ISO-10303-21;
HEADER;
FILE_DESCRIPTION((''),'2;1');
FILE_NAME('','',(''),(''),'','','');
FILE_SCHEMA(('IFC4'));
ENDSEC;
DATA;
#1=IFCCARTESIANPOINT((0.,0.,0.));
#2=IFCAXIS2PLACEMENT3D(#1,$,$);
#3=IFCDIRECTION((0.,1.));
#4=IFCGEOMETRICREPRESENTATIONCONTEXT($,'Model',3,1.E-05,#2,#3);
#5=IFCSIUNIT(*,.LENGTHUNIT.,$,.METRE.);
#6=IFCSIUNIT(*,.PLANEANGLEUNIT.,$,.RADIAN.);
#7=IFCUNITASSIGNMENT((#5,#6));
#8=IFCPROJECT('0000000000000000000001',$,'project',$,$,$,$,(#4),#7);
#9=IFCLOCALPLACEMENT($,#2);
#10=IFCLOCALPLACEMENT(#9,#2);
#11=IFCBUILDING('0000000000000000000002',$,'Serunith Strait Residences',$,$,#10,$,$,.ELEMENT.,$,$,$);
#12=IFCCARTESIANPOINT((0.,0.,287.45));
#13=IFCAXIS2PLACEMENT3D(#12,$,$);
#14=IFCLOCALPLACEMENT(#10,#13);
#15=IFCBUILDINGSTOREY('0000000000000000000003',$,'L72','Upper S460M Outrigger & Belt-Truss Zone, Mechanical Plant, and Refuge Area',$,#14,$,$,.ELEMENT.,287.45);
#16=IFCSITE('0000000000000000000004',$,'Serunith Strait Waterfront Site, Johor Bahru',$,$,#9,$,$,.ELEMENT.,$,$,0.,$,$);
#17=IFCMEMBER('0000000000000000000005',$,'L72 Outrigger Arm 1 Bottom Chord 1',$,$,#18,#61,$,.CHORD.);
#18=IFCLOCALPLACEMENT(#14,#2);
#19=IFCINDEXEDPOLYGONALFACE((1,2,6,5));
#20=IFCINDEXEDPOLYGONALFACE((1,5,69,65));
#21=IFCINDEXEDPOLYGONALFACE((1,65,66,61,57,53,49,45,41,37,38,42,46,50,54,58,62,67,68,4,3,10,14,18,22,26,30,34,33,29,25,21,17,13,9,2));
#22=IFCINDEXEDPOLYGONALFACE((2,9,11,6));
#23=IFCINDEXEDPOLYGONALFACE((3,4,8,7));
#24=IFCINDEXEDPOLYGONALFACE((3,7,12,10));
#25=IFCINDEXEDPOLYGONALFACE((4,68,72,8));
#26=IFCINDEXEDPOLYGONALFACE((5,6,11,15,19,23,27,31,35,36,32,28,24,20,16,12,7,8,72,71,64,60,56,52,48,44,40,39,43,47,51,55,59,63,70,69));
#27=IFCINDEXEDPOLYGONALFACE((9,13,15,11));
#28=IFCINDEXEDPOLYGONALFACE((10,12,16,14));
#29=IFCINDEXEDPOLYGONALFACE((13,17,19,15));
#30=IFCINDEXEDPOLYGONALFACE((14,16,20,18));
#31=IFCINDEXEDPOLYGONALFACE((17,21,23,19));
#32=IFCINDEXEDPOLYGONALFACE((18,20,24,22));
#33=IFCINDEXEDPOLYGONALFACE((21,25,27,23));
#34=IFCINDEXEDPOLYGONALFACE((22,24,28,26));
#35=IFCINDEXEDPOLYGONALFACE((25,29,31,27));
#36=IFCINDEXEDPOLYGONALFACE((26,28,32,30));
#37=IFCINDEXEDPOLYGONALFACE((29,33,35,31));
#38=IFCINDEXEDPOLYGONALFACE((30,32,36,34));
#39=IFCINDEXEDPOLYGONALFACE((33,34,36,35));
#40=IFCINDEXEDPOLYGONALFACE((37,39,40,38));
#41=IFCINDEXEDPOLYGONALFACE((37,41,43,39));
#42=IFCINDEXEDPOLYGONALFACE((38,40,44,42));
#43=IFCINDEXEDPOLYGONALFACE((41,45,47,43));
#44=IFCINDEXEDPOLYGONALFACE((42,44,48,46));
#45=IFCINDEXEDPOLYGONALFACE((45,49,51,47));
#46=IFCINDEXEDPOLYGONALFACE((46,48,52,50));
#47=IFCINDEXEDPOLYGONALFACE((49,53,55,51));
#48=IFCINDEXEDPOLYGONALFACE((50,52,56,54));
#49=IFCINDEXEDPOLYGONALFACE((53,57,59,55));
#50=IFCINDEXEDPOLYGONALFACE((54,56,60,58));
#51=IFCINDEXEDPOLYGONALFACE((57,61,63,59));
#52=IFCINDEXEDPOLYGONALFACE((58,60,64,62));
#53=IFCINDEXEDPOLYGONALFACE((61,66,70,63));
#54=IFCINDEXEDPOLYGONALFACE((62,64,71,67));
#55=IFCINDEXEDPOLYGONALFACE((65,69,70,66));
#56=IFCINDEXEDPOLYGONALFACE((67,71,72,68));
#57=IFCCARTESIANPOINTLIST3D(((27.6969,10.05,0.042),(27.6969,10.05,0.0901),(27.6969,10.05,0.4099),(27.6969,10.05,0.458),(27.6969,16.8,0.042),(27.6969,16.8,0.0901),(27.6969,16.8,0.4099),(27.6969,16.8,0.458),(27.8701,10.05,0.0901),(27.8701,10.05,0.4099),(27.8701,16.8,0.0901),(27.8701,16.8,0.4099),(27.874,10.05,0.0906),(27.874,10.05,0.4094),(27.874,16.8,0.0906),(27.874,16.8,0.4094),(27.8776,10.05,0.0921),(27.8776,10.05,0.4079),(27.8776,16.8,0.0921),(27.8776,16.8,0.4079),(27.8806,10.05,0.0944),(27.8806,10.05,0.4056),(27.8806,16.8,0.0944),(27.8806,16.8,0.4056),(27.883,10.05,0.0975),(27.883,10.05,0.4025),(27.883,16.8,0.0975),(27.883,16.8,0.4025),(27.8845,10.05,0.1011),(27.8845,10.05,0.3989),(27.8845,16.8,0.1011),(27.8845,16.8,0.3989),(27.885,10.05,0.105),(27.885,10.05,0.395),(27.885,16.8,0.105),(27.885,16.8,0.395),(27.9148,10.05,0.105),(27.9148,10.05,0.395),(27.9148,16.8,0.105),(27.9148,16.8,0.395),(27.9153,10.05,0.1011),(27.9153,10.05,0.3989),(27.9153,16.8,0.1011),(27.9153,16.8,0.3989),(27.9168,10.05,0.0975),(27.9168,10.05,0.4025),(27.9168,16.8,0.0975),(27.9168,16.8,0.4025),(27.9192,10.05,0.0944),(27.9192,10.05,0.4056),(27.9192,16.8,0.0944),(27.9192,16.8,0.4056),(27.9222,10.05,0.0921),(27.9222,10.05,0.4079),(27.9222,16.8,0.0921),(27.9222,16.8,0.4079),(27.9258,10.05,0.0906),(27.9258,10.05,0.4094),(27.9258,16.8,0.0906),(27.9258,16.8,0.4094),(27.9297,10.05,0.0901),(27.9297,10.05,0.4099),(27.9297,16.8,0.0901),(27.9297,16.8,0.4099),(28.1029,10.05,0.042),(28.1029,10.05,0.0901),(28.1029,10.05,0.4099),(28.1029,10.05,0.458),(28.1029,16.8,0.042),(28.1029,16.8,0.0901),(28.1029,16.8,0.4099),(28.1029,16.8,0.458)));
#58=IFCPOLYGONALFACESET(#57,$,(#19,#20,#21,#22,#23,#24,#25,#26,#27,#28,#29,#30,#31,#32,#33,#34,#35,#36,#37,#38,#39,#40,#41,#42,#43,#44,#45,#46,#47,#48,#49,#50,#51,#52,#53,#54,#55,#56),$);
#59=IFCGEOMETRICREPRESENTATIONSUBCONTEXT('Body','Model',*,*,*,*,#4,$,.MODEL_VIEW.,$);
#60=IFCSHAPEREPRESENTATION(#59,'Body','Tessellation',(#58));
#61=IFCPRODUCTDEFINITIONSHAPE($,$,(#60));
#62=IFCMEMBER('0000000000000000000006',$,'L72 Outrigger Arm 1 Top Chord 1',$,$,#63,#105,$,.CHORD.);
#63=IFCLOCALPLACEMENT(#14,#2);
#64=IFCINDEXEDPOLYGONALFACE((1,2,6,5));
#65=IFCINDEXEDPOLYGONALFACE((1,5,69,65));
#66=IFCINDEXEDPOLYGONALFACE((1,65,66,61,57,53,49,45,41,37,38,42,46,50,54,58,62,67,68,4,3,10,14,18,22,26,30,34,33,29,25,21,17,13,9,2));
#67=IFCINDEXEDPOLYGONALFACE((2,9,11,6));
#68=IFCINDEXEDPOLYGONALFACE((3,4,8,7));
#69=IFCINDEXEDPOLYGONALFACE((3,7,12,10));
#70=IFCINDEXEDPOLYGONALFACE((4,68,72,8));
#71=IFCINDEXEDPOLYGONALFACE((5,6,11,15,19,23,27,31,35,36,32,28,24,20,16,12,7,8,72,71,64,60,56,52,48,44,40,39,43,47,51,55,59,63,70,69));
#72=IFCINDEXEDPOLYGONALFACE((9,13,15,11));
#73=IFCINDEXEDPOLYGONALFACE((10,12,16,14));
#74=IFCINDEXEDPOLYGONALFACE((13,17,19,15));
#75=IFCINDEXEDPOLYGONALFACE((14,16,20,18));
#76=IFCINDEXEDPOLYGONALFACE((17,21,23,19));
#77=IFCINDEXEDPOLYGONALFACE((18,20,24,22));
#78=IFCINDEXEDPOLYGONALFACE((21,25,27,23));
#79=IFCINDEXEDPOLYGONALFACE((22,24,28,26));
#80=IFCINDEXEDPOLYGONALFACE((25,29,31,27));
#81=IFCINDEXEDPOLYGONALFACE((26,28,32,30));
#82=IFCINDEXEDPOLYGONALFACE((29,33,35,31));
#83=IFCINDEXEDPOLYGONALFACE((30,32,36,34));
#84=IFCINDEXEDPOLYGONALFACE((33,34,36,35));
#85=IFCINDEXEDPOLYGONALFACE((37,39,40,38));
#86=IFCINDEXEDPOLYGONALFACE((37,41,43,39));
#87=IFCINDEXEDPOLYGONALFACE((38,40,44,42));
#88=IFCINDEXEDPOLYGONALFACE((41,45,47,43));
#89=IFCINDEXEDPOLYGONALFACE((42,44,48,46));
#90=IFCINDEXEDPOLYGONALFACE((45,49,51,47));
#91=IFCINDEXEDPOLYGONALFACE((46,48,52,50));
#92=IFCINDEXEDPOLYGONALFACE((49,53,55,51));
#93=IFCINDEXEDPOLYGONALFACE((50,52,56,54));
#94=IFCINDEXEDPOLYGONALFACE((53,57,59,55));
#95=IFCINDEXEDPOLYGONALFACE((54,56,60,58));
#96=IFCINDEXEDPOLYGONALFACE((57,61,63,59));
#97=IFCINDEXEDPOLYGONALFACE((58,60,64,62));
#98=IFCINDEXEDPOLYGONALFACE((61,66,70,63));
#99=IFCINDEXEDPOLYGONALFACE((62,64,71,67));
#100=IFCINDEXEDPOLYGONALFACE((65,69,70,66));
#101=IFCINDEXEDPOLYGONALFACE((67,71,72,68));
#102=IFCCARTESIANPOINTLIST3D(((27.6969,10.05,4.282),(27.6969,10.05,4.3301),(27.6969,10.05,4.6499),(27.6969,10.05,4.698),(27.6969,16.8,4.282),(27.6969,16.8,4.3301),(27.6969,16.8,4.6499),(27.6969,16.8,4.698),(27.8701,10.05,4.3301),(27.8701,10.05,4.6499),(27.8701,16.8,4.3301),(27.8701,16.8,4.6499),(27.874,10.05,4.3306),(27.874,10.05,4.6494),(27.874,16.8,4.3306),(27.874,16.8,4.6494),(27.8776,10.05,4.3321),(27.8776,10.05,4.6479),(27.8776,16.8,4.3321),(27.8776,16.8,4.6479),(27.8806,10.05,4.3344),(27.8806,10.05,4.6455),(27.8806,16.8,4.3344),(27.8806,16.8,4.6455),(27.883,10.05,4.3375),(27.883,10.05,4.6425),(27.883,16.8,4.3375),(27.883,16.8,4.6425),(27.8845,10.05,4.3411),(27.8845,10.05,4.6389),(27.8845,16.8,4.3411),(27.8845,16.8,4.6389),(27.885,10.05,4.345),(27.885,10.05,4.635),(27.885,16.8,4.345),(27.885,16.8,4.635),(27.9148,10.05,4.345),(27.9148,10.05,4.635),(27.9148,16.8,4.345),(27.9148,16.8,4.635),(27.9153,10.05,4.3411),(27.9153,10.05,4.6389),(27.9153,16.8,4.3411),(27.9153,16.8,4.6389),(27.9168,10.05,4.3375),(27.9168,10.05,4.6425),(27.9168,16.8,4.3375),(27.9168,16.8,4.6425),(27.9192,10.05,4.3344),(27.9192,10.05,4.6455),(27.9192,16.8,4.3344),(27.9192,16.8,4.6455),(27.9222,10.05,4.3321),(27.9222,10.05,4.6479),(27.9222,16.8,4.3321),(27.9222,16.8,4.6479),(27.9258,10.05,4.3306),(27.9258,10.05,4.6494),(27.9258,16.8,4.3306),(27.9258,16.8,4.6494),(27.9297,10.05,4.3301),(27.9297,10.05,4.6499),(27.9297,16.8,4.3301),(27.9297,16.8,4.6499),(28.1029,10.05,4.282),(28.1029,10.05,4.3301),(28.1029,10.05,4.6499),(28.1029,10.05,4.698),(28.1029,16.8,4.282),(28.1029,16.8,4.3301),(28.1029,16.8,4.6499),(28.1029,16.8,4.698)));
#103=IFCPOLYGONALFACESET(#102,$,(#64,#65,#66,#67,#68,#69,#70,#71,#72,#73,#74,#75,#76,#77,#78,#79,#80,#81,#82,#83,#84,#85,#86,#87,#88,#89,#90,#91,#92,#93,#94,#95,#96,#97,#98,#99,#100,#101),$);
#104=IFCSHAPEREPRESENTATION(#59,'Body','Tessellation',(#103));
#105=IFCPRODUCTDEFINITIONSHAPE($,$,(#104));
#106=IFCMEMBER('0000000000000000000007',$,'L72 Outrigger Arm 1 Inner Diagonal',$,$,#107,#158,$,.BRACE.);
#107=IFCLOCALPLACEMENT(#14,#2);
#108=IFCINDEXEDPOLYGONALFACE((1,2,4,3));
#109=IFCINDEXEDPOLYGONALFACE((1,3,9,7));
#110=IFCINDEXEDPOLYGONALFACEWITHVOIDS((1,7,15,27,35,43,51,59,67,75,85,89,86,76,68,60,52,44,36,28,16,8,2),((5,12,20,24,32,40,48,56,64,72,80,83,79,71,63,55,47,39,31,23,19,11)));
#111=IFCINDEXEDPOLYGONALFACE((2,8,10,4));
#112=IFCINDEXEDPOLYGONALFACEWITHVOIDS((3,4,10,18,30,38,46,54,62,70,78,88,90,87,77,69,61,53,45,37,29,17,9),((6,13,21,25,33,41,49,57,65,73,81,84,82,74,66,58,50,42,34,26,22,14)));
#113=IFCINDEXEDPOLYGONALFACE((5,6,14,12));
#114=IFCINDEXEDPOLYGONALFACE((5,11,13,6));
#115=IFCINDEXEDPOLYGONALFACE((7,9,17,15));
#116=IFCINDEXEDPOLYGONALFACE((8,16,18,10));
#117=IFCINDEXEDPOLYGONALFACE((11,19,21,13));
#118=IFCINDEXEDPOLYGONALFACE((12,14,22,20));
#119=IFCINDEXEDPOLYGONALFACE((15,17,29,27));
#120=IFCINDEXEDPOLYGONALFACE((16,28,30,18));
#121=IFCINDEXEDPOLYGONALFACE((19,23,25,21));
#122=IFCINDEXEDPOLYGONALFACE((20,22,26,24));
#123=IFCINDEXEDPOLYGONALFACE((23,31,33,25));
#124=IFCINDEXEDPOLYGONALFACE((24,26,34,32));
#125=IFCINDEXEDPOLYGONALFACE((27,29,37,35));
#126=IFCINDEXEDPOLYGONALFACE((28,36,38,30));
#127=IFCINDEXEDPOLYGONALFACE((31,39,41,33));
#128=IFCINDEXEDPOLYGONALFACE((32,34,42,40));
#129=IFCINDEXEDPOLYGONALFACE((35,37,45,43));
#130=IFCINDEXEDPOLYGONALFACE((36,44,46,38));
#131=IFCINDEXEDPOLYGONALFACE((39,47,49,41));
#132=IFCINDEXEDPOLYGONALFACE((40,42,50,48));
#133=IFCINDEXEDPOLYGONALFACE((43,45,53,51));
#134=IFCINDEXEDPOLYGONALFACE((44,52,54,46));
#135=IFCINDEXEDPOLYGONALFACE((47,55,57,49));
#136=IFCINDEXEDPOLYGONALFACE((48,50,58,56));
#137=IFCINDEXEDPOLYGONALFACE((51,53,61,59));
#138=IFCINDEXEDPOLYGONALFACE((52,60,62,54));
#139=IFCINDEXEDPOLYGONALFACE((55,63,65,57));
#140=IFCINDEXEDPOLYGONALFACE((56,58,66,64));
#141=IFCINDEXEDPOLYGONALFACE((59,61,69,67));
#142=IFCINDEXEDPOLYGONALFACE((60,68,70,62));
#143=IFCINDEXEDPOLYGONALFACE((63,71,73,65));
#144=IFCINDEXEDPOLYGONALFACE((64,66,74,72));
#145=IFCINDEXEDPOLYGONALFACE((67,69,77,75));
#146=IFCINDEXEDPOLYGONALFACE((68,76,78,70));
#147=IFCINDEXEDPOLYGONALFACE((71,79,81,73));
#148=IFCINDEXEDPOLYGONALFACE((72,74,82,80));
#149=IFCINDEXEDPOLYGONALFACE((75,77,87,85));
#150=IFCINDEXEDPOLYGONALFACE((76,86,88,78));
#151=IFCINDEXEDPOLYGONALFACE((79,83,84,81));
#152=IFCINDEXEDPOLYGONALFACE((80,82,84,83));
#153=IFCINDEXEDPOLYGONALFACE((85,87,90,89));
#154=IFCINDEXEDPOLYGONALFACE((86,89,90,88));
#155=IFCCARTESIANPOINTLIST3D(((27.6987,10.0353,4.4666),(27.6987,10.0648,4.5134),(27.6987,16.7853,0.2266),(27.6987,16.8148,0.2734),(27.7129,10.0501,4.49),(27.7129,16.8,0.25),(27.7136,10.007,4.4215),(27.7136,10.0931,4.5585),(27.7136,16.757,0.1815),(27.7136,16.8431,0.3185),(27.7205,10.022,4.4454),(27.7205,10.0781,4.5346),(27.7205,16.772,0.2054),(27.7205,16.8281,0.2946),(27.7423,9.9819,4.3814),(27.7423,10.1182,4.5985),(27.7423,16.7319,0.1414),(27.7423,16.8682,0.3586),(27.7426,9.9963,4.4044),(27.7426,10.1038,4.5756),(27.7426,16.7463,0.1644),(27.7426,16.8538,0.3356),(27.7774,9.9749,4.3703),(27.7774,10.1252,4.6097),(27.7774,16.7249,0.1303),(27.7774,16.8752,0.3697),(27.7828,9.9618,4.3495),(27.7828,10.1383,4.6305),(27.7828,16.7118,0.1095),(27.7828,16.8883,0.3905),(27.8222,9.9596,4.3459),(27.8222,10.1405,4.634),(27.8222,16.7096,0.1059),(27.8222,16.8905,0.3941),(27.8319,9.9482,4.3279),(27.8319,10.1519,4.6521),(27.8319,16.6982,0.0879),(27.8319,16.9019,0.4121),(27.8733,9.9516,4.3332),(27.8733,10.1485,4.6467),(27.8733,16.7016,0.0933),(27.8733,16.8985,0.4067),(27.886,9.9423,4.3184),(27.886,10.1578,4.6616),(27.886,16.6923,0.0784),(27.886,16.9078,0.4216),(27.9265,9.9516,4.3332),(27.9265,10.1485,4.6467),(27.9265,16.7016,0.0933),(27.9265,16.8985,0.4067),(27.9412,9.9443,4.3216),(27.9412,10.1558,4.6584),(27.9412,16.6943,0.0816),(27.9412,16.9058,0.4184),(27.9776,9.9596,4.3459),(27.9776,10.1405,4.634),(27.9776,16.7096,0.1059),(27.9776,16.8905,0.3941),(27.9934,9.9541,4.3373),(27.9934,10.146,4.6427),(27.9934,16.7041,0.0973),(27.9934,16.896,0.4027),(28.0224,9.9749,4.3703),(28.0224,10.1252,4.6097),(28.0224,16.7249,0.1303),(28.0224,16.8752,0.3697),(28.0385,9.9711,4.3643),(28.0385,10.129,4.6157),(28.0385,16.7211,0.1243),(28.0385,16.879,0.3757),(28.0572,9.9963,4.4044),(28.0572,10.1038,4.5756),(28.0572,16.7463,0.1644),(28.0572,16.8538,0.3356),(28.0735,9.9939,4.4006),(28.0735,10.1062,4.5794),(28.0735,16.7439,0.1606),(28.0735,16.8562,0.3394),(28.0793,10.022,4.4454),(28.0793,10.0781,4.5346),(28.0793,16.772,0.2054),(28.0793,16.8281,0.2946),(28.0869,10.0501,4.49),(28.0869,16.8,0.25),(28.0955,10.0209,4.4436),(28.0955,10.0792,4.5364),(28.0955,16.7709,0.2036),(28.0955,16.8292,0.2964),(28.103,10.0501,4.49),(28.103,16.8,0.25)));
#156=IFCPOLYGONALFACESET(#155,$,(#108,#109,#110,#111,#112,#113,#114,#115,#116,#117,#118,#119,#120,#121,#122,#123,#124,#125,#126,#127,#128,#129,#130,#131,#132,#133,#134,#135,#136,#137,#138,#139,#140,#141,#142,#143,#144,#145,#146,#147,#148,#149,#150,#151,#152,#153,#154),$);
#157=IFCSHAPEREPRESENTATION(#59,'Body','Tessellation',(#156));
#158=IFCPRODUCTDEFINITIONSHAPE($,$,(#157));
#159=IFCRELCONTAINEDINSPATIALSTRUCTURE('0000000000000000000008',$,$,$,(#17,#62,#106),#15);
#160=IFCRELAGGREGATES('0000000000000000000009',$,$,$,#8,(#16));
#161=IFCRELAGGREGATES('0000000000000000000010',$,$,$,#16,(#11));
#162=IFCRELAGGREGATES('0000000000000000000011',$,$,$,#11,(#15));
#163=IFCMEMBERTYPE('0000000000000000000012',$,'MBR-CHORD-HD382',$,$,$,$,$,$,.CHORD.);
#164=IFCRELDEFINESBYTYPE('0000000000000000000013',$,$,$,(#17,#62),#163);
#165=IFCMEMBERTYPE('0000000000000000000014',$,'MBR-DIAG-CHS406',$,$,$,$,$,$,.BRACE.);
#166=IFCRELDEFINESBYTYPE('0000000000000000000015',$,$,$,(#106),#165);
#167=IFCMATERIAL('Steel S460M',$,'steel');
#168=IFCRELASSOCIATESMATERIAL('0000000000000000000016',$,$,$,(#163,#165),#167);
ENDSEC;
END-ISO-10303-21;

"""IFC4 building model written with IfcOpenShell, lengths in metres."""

from ifc_helpers import new_model, si_unit, direction, frame, origin, origin_2d, place, context, subcontext, project, spatial, hollow_circle, i_section, extrude, source, transform, mapped, material, material_profile, profile_set, type_object, element, save


model = new_model("IFC4")

# Units and contexts
model_context = context("Model", 3, precision=1e-05, world=origin(), true_north=direction((0.0, 1.0)))
body_context = subcontext(model_context, "Body", "Model", "MODEL_VIEW")
ifc_project = project(units=[si_unit("LENGTHUNIT", "METRE"), si_unit("PLANEANGLEUNIT", "RADIAN")], contexts=[model_context])

# Site, building, storey
site_placement = place(None, origin())
site = spatial("IfcSite", under=ifc_project, at=site_placement, Name="Serunith Strait Waterfront Site, Johor Bahru", CompositionType="ELEMENT", RefElevation=0.0)
building_placement = place(site_placement, origin())
building = spatial("IfcBuilding", under=site, at=building_placement, Name="Serunith Strait Residences", CompositionType="ELEMENT")
storey_placement = place(building_placement, frame((0.0, 0.0, 287.45)))
storey = spatial("IfcBuildingStorey", under=building, at=storey_placement, Name="L72", Description="Upper S460M Outrigger & Belt-Truss Zone, Mechanical Plant, and Refuge Area", CompositionType="ELEMENT", Elevation=287.45)

# Members
ifc_material_1 = material(Name="Steel S460M", Category="steel")
ifc_material_profile_1 = material_profile(ifc_material_1, i_section(OverallWidth=0.406, OverallDepth=0.416, WebThickness=0.0298, FlangeThickness=0.0481, FilletRadius=0.0149, at=origin_2d()), Name="HD 400x382")
ifc_profile_set_1 = profile_set([ifc_material_profile_1], Name="Steel S460M")
member_type_1 = type_object("IfcMemberType", Name="MBR-CHORD-HD382", PredefinedType="CHORD", material=ifc_profile_set_1)
shared_shape_1 = source(origin(), body_context, "Body", "SweptSolid", [
    extrude(i_section(OverallWidth=0.406, OverallDepth=0.416, WebThickness=0.0298, FlangeThickness=0.0481, FilletRadius=0.0149, at=origin_2d()), origin(), (0.0, 0.0, 1.0), 6.75),
])
for number, where, z_axis, x_axis, name in (
    (1, (27.8999, 16.8, 0.25), (0.0, -1.0, 0.0), (1.0, 0.0, 0.0), "L72 Outrigger Arm 1 Bottom Chord 1"),
    (2, (27.8999, 16.8, 4.49), (0.0, -1.0, 0.0), (1.0, 0.0, 0.0), "L72 Outrigger Arm 1 Top Chord 1"),
):
    element("IfcMember", number, at=place(storey_placement, frame(where, z_axis=z_axis, x_axis=x_axis)), inside=storey, type_object=member_type_1, Name=name, PredefinedType="CHORD", context=body_context, shape_type="MappedRepresentation", body=[
        mapped(shared_shape_1, transform((0.0, 0.0, 0.0), scale=1.0)),
    ])
ifc_material_profile_2 = material_profile(ifc_material_1, hollow_circle(Radius=0.2031, WallThickness=0.0161, at=origin_2d()), Name="CHS 406.4x16")
ifc_profile_set_2 = profile_set([ifc_material_profile_2], Name="Steel S460M")
member_type_2 = type_object("IfcMemberType", Name="MBR-DIAG-CHS406", PredefinedType="BRACE", material=ifc_profile_set_2)
shared_shape_2 = source(origin(), body_context, "Body", "SweptSolid", [
    extrude(hollow_circle(Radius=0.2031, WallThickness=0.0161, at=origin_2d()), origin(), (0.0, 0.0, 1.0), 7.9712),
])
member_1_placement = place(storey_placement, frame((27.8999, 16.8, 0.25), z_axis=(0.0, -0.846799, 0.531914), x_axis=(1.0, 0.0, 0.0)))
element("IfcMember", 3, at=member_1_placement, inside=storey, type_object=member_type_2, Name="L72 Outrigger Arm 1 Inner Diagonal", PredefinedType="BRACE", context=body_context, shape_type="MappedRepresentation", body=[
    mapped(shared_shape_2, transform((0.0, 0.0, 0.0), scale=1.0)),
])

save(model, "model.ifc")
